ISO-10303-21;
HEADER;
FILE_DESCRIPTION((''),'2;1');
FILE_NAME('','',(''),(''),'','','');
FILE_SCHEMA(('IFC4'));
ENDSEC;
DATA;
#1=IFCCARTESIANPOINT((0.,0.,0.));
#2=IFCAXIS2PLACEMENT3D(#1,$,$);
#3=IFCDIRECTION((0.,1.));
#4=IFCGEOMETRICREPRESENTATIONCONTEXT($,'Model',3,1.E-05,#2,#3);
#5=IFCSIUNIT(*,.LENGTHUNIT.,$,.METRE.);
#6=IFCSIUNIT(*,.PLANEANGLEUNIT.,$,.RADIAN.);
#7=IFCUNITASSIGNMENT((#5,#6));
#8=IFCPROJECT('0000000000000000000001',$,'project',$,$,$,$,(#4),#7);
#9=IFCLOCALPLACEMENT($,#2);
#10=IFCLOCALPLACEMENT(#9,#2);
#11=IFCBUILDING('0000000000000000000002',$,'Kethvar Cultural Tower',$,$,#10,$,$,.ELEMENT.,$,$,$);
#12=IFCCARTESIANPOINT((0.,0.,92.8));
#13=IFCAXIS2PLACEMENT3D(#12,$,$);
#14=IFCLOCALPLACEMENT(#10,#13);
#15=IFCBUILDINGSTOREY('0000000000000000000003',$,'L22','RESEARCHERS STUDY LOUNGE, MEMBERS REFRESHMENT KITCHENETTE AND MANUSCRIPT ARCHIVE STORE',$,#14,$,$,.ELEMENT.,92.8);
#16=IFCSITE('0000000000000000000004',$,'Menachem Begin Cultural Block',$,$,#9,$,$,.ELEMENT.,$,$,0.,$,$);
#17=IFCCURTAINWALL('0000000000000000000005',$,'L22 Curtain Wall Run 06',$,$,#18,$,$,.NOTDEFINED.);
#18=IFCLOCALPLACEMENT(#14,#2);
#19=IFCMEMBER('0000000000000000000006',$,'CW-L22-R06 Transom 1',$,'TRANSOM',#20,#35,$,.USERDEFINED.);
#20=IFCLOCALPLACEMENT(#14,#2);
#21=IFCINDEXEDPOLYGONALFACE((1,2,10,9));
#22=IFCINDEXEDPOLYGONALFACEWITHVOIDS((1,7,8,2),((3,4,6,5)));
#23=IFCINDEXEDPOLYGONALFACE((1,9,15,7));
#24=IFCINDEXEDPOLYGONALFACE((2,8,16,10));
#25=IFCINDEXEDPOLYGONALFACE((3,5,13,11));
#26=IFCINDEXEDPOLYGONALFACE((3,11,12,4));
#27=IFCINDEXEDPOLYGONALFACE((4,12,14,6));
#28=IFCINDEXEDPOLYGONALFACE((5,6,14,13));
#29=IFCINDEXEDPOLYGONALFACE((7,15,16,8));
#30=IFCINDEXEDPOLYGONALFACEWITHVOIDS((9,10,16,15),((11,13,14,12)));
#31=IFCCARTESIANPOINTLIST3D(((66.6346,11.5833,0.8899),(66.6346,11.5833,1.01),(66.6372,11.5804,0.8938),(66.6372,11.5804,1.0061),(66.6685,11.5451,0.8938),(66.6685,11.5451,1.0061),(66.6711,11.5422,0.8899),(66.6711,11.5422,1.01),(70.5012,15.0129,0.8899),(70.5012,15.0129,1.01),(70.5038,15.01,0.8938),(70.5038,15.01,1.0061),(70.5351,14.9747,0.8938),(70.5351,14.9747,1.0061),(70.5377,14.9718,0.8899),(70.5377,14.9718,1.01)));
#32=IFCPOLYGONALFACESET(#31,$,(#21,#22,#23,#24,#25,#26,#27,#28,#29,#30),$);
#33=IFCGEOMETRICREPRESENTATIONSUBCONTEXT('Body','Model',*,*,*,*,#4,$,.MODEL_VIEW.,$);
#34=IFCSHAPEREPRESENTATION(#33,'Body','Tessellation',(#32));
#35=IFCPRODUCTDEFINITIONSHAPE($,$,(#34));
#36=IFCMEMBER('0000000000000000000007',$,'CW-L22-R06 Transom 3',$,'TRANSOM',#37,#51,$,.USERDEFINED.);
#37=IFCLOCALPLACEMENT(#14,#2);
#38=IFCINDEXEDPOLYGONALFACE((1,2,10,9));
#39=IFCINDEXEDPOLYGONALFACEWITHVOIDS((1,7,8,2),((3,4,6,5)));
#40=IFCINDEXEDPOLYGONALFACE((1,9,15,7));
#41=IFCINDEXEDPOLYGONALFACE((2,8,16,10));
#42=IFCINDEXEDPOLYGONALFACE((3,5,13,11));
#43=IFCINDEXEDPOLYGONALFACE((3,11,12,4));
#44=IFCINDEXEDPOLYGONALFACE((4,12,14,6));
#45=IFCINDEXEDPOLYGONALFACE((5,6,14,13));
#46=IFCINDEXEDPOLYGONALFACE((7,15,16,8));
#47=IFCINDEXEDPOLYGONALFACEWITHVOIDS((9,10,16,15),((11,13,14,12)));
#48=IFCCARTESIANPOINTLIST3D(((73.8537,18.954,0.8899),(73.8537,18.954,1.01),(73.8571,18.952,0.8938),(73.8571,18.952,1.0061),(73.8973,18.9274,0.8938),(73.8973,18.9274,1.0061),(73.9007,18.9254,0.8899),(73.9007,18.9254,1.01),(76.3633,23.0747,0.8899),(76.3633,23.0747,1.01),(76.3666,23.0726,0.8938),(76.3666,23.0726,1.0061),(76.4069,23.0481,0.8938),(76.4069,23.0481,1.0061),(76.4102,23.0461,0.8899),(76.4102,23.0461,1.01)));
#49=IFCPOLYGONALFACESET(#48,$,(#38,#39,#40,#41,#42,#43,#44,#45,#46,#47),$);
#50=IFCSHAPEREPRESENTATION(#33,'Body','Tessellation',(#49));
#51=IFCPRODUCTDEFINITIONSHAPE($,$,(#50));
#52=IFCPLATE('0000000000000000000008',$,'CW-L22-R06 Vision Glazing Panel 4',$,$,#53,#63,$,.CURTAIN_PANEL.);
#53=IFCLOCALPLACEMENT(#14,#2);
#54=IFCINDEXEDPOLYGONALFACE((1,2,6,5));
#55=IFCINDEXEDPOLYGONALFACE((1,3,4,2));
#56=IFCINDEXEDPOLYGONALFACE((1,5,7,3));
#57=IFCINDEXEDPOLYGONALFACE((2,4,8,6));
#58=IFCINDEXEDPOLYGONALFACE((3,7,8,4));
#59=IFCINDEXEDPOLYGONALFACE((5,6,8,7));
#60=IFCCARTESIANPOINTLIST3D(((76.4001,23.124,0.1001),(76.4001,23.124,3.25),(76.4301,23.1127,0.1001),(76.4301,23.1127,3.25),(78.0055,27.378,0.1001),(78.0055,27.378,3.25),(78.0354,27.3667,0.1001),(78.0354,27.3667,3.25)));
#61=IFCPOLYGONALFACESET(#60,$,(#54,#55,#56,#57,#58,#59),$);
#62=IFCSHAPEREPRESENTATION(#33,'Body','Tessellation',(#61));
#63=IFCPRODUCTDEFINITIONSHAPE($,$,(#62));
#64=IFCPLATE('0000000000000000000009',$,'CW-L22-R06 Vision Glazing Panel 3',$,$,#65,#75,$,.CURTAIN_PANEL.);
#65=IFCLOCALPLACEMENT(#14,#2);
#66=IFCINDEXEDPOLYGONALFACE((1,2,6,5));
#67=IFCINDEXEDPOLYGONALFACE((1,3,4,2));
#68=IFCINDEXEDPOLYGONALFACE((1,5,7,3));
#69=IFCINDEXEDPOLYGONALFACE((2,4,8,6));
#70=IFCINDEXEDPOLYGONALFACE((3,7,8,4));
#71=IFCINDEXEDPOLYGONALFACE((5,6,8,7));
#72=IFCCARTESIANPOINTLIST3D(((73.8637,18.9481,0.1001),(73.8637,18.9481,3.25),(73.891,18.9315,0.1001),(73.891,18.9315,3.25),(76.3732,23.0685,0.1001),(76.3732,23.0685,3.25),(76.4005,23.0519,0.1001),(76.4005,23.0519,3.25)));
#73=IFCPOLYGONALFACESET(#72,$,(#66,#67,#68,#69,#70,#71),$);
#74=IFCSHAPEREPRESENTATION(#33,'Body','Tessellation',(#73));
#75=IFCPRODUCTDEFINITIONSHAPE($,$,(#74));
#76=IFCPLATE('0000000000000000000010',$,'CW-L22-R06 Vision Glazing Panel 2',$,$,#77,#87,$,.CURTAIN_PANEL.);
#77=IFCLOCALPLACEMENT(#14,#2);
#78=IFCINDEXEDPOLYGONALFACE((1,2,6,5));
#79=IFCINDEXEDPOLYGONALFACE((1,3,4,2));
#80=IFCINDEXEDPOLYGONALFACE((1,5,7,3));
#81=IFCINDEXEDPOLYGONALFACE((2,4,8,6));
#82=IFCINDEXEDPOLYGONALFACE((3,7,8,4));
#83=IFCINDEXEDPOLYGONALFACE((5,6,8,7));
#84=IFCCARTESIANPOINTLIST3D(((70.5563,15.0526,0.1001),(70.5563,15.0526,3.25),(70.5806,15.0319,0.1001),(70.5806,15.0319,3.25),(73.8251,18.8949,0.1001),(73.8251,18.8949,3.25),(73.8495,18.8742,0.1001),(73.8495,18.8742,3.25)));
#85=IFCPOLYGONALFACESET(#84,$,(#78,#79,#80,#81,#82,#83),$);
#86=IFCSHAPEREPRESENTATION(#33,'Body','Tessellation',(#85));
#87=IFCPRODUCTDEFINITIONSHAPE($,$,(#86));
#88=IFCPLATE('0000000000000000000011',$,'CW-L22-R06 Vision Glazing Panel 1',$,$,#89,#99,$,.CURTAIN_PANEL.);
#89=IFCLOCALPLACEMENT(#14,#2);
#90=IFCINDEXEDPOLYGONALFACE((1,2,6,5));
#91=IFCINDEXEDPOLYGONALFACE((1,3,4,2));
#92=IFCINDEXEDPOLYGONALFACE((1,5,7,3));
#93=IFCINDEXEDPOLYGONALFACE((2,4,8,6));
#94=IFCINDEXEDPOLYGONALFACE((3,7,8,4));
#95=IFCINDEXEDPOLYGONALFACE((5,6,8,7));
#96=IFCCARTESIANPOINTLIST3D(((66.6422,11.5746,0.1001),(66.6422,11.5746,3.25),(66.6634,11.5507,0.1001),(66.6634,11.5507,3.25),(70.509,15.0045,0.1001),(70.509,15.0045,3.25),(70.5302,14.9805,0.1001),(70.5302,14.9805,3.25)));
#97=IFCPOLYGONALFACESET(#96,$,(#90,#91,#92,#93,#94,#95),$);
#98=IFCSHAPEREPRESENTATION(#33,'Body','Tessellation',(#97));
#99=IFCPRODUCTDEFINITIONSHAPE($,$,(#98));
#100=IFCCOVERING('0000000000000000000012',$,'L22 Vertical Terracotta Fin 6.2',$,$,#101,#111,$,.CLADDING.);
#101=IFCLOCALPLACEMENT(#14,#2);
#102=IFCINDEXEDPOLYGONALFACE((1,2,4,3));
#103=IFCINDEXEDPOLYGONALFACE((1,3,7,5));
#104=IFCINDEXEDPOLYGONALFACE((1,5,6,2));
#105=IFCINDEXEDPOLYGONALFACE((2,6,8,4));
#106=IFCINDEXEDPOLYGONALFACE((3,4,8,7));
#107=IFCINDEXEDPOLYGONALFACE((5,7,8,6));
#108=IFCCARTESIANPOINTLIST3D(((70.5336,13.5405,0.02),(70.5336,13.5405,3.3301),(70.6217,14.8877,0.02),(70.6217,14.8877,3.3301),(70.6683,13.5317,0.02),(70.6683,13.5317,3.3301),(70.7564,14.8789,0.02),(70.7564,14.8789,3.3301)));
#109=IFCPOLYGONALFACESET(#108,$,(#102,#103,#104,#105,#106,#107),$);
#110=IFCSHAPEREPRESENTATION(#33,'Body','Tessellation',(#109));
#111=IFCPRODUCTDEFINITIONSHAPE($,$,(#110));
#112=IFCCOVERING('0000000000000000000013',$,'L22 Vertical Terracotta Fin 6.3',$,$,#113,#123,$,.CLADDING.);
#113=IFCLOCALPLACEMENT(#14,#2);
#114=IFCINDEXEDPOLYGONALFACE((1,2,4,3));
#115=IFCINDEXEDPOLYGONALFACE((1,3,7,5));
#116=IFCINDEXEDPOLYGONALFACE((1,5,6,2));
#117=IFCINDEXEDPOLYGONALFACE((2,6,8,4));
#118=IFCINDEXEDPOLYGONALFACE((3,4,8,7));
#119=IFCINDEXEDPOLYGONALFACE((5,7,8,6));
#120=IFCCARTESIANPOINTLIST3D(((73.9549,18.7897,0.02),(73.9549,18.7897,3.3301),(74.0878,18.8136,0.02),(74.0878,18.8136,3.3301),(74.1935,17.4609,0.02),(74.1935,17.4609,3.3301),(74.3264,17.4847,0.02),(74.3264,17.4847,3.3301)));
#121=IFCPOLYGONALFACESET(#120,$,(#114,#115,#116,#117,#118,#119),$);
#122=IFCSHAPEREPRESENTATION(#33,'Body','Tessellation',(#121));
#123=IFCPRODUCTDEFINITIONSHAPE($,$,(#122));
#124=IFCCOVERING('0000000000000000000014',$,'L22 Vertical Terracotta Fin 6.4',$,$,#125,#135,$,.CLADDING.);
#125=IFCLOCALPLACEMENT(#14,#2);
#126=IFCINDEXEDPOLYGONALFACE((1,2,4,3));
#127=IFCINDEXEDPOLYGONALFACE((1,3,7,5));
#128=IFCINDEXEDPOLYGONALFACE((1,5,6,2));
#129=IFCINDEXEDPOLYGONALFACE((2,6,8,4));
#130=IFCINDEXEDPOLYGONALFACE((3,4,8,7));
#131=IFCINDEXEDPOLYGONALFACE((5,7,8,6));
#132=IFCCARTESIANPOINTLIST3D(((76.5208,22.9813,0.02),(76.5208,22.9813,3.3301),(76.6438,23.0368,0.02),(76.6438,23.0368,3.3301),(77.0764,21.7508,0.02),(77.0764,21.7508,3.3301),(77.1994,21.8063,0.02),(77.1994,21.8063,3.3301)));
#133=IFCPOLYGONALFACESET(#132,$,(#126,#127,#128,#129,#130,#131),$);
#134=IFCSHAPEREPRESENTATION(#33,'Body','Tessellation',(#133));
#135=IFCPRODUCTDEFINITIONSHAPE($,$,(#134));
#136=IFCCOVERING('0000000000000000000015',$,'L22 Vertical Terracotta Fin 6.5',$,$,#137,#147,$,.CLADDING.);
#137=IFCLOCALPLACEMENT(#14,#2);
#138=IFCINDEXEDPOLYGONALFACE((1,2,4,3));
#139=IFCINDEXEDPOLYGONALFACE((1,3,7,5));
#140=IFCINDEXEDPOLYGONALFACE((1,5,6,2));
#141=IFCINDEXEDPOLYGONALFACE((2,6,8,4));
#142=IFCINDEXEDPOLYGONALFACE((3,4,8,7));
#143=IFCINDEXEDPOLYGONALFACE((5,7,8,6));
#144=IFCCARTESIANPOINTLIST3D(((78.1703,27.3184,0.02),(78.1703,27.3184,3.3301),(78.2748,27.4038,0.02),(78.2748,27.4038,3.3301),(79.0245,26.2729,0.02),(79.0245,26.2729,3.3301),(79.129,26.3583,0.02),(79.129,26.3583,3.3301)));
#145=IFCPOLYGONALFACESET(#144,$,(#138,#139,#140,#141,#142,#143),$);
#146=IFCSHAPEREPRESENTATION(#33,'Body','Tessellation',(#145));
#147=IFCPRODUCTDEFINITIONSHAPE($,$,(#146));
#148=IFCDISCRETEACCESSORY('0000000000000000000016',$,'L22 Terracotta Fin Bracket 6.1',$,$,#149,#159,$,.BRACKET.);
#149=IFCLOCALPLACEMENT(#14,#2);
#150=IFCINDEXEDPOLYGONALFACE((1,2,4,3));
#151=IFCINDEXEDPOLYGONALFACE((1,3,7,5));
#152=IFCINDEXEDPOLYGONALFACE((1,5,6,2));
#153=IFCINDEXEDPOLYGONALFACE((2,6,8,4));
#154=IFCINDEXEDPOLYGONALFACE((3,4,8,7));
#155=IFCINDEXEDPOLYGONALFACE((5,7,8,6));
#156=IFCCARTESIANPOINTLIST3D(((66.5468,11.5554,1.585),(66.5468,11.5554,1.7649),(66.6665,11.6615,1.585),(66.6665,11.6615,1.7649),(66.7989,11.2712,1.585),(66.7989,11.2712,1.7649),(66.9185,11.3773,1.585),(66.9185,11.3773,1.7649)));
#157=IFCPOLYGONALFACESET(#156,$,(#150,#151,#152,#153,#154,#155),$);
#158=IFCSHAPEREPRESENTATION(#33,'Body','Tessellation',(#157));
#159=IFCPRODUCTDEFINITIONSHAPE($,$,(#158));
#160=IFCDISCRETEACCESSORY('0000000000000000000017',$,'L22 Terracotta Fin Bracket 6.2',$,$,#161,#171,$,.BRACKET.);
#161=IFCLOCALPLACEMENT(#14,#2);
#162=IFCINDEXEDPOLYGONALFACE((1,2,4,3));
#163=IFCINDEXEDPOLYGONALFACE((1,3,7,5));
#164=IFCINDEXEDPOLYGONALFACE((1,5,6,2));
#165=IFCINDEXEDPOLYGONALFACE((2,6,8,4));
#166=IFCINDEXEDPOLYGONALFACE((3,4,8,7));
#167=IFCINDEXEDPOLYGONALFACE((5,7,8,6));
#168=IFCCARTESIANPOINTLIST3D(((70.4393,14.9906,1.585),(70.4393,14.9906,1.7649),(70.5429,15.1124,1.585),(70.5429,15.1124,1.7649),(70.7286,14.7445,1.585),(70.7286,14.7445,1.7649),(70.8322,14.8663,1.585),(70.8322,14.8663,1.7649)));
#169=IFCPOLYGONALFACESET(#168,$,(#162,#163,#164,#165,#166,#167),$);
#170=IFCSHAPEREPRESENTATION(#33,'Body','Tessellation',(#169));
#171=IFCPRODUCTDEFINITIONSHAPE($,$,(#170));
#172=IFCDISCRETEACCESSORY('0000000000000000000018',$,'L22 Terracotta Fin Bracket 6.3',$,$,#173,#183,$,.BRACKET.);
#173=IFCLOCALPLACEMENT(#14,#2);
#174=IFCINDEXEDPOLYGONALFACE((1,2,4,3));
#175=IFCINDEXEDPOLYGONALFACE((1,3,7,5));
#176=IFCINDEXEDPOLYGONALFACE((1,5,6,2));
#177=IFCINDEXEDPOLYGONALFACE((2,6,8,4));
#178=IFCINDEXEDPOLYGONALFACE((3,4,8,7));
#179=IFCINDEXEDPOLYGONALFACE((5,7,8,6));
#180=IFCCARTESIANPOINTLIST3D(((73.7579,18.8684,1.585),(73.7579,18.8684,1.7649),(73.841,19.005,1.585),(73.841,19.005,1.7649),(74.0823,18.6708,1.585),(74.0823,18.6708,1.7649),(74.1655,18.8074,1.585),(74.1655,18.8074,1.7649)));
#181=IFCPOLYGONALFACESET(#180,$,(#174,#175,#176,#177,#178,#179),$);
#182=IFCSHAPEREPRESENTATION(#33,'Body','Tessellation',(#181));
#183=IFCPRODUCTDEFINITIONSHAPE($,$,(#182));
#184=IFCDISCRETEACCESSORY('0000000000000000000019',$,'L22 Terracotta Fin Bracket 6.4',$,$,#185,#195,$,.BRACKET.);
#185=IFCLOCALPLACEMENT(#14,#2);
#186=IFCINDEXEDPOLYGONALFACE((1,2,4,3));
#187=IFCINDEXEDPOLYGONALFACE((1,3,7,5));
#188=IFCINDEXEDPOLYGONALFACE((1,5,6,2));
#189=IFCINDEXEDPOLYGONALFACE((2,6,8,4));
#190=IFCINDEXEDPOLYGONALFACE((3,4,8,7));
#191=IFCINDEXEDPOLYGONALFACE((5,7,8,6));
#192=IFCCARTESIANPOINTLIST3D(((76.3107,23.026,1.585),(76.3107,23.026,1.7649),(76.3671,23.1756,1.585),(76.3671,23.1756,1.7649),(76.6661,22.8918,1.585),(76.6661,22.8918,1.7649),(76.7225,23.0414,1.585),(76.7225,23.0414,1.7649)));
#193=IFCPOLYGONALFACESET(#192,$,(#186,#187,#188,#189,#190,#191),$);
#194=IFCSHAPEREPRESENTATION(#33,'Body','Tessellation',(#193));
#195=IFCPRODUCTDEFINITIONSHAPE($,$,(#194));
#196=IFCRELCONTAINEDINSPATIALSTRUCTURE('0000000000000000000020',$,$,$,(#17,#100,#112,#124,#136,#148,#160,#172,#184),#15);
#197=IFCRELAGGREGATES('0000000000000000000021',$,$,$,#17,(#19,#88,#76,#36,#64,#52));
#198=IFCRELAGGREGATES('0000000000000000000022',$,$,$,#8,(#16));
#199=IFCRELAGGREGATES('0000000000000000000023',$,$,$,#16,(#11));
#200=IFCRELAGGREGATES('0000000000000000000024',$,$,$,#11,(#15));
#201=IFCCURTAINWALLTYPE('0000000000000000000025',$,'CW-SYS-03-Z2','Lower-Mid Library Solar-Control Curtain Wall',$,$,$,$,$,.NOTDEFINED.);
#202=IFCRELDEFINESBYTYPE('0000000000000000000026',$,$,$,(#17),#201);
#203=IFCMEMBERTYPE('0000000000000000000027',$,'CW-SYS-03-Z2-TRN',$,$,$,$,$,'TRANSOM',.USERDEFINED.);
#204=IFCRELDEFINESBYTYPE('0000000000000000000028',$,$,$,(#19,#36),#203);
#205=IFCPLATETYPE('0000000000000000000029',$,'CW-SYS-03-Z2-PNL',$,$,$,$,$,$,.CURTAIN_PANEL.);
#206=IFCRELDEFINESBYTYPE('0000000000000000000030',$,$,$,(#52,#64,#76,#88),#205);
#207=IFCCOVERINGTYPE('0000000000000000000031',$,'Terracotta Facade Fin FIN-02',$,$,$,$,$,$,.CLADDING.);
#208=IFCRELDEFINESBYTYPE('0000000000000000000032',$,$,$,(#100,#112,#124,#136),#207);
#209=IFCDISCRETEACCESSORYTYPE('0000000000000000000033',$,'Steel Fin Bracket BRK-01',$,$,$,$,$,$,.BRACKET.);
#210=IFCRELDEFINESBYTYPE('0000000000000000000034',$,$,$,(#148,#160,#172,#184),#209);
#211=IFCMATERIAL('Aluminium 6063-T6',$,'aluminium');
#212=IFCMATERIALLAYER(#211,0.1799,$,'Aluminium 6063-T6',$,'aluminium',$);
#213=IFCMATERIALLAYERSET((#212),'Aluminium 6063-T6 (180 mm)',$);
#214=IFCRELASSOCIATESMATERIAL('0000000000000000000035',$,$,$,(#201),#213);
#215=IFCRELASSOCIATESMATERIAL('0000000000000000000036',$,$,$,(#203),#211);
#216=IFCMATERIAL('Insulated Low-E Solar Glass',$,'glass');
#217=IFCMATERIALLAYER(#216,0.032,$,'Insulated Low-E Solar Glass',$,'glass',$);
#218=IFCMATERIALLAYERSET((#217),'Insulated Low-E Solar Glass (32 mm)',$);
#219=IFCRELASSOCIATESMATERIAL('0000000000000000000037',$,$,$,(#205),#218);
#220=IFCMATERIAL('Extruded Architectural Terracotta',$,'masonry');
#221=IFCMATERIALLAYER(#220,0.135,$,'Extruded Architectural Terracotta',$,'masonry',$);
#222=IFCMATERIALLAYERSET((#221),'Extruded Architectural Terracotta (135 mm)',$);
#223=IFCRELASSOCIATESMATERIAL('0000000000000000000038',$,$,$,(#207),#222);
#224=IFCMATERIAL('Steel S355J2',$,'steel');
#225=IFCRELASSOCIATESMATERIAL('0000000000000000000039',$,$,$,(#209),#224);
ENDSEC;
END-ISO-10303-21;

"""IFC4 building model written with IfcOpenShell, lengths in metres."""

from ifc_helpers import new_model, si_unit, direction, frame, origin, origin_2d, place, context, subcontext, project, spatial, rectangle, hollow_rectangle, extrude, source, transform, mapped, material, layer, layer_set, material_profile, profile_set, type_object, element, aggregate, save


model = new_model("IFC4")

# Units and contexts
model_context = context("Model", 3, precision=1e-05, world=origin(), true_north=direction((0.0, 1.0)))
body_context = subcontext(model_context, "Body", "Model", "MODEL_VIEW")
ifc_project = project(units=[si_unit("LENGTHUNIT", "METRE"), si_unit("PLANEANGLEUNIT", "RADIAN")], contexts=[model_context])

# Site, building, storey
site_placement = place(None, origin())
site = spatial("IfcSite", under=ifc_project, at=site_placement, Name="Menachem Begin Cultural Block", CompositionType="ELEMENT", RefElevation=0.0)
building_placement = place(site_placement, origin())
building = spatial("IfcBuilding", under=site, at=building_placement, Name="Kethvar Cultural Tower", CompositionType="ELEMENT")
storey_placement = place(building_placement, frame((0.0, 0.0, 92.8)))
storey = spatial("IfcBuildingStorey", under=building, at=storey_placement, Name="L22", Description="RESEARCHERS STUDY LOUNGE, MEMBERS REFRESHMENT KITCHENETTE AND MANUSCRIPT ARCHIVE STORE", CompositionType="ELEMENT", Elevation=92.8)

# Shared definitions
ifc_material_1 = material(Name="Steel S355J2", Category="steel")

# Curtain wall, members, plates
ifc_material_2 = material(Name="Aluminium 6063-T6", Category="aluminium")
ifc_layer_1 = layer(ifc_material_2, 0.1799, Name="Aluminium 6063-T6", Category="aluminium")
ifc_layer_set_1 = layer_set([ifc_layer_1], Name="Aluminium 6063-T6 (180 mm)")
curtain_wall_type = type_object("IfcCurtainWallType", Name="CW-SYS-03-Z2", Description="Lower-Mid Library Solar-Control Curtain Wall", PredefinedType="NOTDEFINED", material=ifc_layer_set_1)
curtain_wall_placement = place(storey_placement, origin())
curtain_wall = element("IfcCurtainWall", 1, at=curtain_wall_placement, inside=storey, type_object=curtain_wall_type, Name="L22 Curtain Wall Run 06", PredefinedType="NOTDEFINED")
ifc_material_profile_1 = material_profile(ifc_material_2, hollow_rectangle(XDim=0.0549, YDim=0.1201, WallThickness=0.0039, at=origin_2d()), Name="Aluminium 6063-T6 — RHS120x55x4")
ifc_profile_set_1 = profile_set([ifc_material_profile_1], Name="Aluminium 6063-T6 — RHS120x55x4")
member_type_1 = type_object("IfcMemberType", Name="CW-SYS-03-Z2-TRN", ElementType="TRANSOM", PredefinedType="USERDEFINED", material=ifc_profile_set_1)
shared_shape_1 = source(origin(), body_context, "Body", "SweptSolid", [
    extrude(hollow_rectangle(XDim=0.0549, YDim=0.1201, WallThickness=0.0039, at=origin_2d()), origin(), (0.0, 0.0, 1.0), 5.1685),
])
member_1_placement = place(storey_placement, frame((66.6528, 11.5627, 0.95), z_axis=(0.748118, 0.663566, 0.0), x_axis=(-0.663566, 0.748118, 0.0)))
member_1 = element("IfcMember", 2, at=member_1_placement, type_object=member_type_1, Name="CW-L22-R06 Transom 1", ObjectType="TRANSOM", PredefinedType="USERDEFINED", context=body_context, shape_type="MappedRepresentation", body=[
    mapped(shared_shape_1, transform((0.0, 0.0, 0.0), scale=1.0)),
])
shared_shape_2 = source(origin(), body_context, "Body", "SweptSolid", [
    extrude(hollow_rectangle(XDim=0.0549, YDim=0.1201, WallThickness=0.0039, at=origin_2d()), origin(), (0.0, 0.0, 1.0), 4.8247),
])
member_2_placement = place(storey_placement, frame((73.8772, 18.9397, 0.95), z_axis=(0.520148, 0.854076, 0.0), x_axis=(-0.854076, 0.520148, 0.0)))
member_2 = element("IfcMember", 3, at=member_2_placement, type_object=member_type_1, Name="CW-L22-R06 Transom 3", ObjectType="TRANSOM", PredefinedType="USERDEFINED", context=body_context, shape_type="MappedRepresentation", body=[
    mapped(shared_shape_2, transform((0.0, 0.0, 0.0), scale=1.0)),
])
ifc_material_3 = material(Name="Insulated Low-E Solar Glass", Category="glass")
ifc_layer_2 = layer(ifc_material_3, 0.032, Name="Insulated Low-E Solar Glass", Category="glass")
ifc_layer_set_2 = layer_set([ifc_layer_2], Name="Insulated Low-E Solar Glass (32 mm)")
plate_type = type_object("IfcPlateType", Name="CW-SYS-03-Z2-PNL", PredefinedType="CURTAIN_PANEL", material=ifc_layer_set_2)
shared_shape_3 = source(origin(), body_context, "Body", "SweptSolid", [
    extrude(rectangle(XDim=4.5469, YDim=0.032, at=origin_2d()), origin(), (0.0, 0.0, 1.0), 3.1499),
])
plate_1_placement = place(storey_placement, frame((77.2178, 25.2454, 0.1001), z_axis=(0.0, 0.0, 1.0), x_axis=(0.353067, 0.935598, 0.0)))
plate_1 = element("IfcPlate", 4, at=plate_1_placement, type_object=plate_type, Name="CW-L22-R06 Vision Glazing Panel 4", PredefinedType="CURTAIN_PANEL", context=body_context, shape_type="MappedRepresentation", body=[
    mapped(shared_shape_3, transform((0.0, 0.0, 0.0), scale=1.0)),
])
shared_shape_4 = source(origin(), body_context, "Body", "SweptSolid", [
    extrude(rectangle(XDim=4.8245, YDim=0.032, at=origin_2d()), origin(), (0.0, 0.0, 1.0), 3.1499),
])
plate_2_placement = place(storey_placement, frame((75.1321, 21.0, 0.1001), z_axis=(0.0, 0.0, 1.0), x_axis=(0.52016, 0.854069, 0.0)))
plate_2 = element("IfcPlate", 5, at=plate_2_placement, type_object=plate_type, Name="CW-L22-R06 Vision Glazing Panel 3", PredefinedType="CURTAIN_PANEL", context=body_context, shape_type="MappedRepresentation", body=[
    mapped(shared_shape_4, transform((0.0, 0.0, 0.0), scale=1.0)),
])
shared_shape_5 = source(origin(), body_context, "Body", "SweptSolid", [
    extrude(rectangle(XDim=5.0447, YDim=0.032, at=origin_2d()), origin(), (0.0, 0.0, 1.0), 3.1499),
])
plate_3_placement = place(storey_placement, frame((72.2029, 16.9634, 0.1001), z_axis=(0.0, 0.0, 1.0), x_axis=(0.647987, 0.761651, 0.0)))
plate_3 = element("IfcPlate", 6, at=plate_3_placement, type_object=plate_type, Name="CW-L22-R06 Vision Glazing Panel 2", PredefinedType="CURTAIN_PANEL", context=body_context, shape_type="MappedRepresentation", body=[
    mapped(shared_shape_5, transform((0.0, 0.0, 0.0), scale=1.0)),
])
shared_shape_6 = source(origin(), body_context, "Body", "SweptSolid", [
    extrude(rectangle(XDim=5.1687, YDim=0.032, at=origin_2d()), origin(), (0.0, 0.0, 1.0), 3.1499),
])
plate_4_placement = place(storey_placement, frame((68.5862, 13.2776, 0.1001), z_axis=(0.0, 0.0, 1.0), x_axis=(0.748111, 0.663574, 0.0)))
plate_4 = element("IfcPlate", 7, at=plate_4_placement, type_object=plate_type, Name="CW-L22-R06 Vision Glazing Panel 1", PredefinedType="CURTAIN_PANEL", context=body_context, shape_type="MappedRepresentation", body=[
    mapped(shared_shape_6, transform((0.0, 0.0, 0.0), scale=1.0)),
])
aggregate(curtain_wall, [member_1, plate_4, plate_3, member_2, plate_2, plate_1])

# Coverings
ifc_material_4 = material(Name="Extruded Architectural Terracotta", Category="masonry")
ifc_layer_3 = layer(ifc_material_4, 0.135, Name="Extruded Architectural Terracotta", Category="masonry")
ifc_layer_set_3 = layer_set([ifc_layer_3], Name="Extruded Architectural Terracotta (135 mm)")
covering_type = type_object("IfcCoveringType", Name="Terracotta Facade Fin FIN-02", PredefinedType="CLADDING", material=ifc_layer_set_3)
shared_shape_7 = source(origin(), body_context, "Body", "SweptSolid", [
    extrude(rectangle(XDim=1.3501, YDim=0.135, at=origin_2d()), origin(), (0.0, 0.0, 1.0), 3.3101),
])
for number, where, z_axis, x_axis, name in (
    (8, (70.645, 14.2097, 0.02), (0.0, 0.0, 1.0), (-0.065229, -0.99787, 0.0), "L22 Vertical Terracotta Fin 6.2"),
    (9, (74.1406, 18.1372, 0.02), (0.0, 0.0, 1.0), (0.176741, -0.984257, 0.0), "L22 Vertical Terracotta Fin 6.3"),
    (10, (76.8601, 22.3938, 0.02), (0.0, 0.0, 1.0), (0.411514, -0.911403, 0.0), "L22 Vertical Terracotta Fin 6.4"),
    (11, (78.6497, 26.8384, 0.02), (0.0, 0.0, 1.0), (0.632705, -0.774393, 0.0), "L22 Vertical Terracotta Fin 6.5"),
):
    element("IfcCovering", number, at=place(storey_placement, frame(where, z_axis=z_axis, x_axis=x_axis)), inside=storey, type_object=covering_type, Name=name, PredefinedType="CLADDING", context=body_context, shape_type="MappedRepresentation", body=[
        mapped(shared_shape_7, transform((0.0, 0.0, 0.0), scale=1.0)),
    ])

# Discrete accessories
discrete_accessory_type = type_object("IfcDiscreteAccessoryType", Name="Steel Fin Bracket BRK-01", PredefinedType="BRACKET", material=ifc_material_1)
shared_shape_8 = source(origin(), body_context, "Body", "SweptSolid", [
    extrude(rectangle(XDim=0.3799, YDim=0.1599, at=origin_2d()), origin(), (0.0, 0.0, 1.0), 0.1799),
])
for number, where, z_axis, x_axis, name in (
    (12, (66.7327, 11.4663, 1.585), (0.0, 0.0, 1.0), (0.663535, -0.748146, 0.0), "L22 Terracotta Fin Bracket 6.1"),
    (13, (70.6357, 14.9285, 1.585), (0.0, 0.0, 1.0), (0.761651, -0.647987, 0.0), "L22 Terracotta Fin Bracket 6.2"),
    (14, (73.9617, 18.8379, 1.585), (0.0, 0.0, 1.0), (0.854096, -0.520116, 0.0), "L22 Terracotta Fin Bracket 6.3"),
    (15, (76.5166, 23.0337, 1.585), (0.0, 0.0, 1.0), (0.935567, -0.353148, 0.0), "L22 Terracotta Fin Bracket 6.4"),
):
    element("IfcDiscreteAccessory", number, at=place(storey_placement, frame(where, z_axis=z_axis, x_axis=x_axis)), inside=storey, type_object=discrete_accessory_type, Name=name, PredefinedType="BRACKET", context=body_context, shape_type="MappedRepresentation", body=[
        mapped(shared_shape_8, transform((0.0, 0.0, 0.0), scale=1.0)),
    ])

save(model, "model.ifc")
